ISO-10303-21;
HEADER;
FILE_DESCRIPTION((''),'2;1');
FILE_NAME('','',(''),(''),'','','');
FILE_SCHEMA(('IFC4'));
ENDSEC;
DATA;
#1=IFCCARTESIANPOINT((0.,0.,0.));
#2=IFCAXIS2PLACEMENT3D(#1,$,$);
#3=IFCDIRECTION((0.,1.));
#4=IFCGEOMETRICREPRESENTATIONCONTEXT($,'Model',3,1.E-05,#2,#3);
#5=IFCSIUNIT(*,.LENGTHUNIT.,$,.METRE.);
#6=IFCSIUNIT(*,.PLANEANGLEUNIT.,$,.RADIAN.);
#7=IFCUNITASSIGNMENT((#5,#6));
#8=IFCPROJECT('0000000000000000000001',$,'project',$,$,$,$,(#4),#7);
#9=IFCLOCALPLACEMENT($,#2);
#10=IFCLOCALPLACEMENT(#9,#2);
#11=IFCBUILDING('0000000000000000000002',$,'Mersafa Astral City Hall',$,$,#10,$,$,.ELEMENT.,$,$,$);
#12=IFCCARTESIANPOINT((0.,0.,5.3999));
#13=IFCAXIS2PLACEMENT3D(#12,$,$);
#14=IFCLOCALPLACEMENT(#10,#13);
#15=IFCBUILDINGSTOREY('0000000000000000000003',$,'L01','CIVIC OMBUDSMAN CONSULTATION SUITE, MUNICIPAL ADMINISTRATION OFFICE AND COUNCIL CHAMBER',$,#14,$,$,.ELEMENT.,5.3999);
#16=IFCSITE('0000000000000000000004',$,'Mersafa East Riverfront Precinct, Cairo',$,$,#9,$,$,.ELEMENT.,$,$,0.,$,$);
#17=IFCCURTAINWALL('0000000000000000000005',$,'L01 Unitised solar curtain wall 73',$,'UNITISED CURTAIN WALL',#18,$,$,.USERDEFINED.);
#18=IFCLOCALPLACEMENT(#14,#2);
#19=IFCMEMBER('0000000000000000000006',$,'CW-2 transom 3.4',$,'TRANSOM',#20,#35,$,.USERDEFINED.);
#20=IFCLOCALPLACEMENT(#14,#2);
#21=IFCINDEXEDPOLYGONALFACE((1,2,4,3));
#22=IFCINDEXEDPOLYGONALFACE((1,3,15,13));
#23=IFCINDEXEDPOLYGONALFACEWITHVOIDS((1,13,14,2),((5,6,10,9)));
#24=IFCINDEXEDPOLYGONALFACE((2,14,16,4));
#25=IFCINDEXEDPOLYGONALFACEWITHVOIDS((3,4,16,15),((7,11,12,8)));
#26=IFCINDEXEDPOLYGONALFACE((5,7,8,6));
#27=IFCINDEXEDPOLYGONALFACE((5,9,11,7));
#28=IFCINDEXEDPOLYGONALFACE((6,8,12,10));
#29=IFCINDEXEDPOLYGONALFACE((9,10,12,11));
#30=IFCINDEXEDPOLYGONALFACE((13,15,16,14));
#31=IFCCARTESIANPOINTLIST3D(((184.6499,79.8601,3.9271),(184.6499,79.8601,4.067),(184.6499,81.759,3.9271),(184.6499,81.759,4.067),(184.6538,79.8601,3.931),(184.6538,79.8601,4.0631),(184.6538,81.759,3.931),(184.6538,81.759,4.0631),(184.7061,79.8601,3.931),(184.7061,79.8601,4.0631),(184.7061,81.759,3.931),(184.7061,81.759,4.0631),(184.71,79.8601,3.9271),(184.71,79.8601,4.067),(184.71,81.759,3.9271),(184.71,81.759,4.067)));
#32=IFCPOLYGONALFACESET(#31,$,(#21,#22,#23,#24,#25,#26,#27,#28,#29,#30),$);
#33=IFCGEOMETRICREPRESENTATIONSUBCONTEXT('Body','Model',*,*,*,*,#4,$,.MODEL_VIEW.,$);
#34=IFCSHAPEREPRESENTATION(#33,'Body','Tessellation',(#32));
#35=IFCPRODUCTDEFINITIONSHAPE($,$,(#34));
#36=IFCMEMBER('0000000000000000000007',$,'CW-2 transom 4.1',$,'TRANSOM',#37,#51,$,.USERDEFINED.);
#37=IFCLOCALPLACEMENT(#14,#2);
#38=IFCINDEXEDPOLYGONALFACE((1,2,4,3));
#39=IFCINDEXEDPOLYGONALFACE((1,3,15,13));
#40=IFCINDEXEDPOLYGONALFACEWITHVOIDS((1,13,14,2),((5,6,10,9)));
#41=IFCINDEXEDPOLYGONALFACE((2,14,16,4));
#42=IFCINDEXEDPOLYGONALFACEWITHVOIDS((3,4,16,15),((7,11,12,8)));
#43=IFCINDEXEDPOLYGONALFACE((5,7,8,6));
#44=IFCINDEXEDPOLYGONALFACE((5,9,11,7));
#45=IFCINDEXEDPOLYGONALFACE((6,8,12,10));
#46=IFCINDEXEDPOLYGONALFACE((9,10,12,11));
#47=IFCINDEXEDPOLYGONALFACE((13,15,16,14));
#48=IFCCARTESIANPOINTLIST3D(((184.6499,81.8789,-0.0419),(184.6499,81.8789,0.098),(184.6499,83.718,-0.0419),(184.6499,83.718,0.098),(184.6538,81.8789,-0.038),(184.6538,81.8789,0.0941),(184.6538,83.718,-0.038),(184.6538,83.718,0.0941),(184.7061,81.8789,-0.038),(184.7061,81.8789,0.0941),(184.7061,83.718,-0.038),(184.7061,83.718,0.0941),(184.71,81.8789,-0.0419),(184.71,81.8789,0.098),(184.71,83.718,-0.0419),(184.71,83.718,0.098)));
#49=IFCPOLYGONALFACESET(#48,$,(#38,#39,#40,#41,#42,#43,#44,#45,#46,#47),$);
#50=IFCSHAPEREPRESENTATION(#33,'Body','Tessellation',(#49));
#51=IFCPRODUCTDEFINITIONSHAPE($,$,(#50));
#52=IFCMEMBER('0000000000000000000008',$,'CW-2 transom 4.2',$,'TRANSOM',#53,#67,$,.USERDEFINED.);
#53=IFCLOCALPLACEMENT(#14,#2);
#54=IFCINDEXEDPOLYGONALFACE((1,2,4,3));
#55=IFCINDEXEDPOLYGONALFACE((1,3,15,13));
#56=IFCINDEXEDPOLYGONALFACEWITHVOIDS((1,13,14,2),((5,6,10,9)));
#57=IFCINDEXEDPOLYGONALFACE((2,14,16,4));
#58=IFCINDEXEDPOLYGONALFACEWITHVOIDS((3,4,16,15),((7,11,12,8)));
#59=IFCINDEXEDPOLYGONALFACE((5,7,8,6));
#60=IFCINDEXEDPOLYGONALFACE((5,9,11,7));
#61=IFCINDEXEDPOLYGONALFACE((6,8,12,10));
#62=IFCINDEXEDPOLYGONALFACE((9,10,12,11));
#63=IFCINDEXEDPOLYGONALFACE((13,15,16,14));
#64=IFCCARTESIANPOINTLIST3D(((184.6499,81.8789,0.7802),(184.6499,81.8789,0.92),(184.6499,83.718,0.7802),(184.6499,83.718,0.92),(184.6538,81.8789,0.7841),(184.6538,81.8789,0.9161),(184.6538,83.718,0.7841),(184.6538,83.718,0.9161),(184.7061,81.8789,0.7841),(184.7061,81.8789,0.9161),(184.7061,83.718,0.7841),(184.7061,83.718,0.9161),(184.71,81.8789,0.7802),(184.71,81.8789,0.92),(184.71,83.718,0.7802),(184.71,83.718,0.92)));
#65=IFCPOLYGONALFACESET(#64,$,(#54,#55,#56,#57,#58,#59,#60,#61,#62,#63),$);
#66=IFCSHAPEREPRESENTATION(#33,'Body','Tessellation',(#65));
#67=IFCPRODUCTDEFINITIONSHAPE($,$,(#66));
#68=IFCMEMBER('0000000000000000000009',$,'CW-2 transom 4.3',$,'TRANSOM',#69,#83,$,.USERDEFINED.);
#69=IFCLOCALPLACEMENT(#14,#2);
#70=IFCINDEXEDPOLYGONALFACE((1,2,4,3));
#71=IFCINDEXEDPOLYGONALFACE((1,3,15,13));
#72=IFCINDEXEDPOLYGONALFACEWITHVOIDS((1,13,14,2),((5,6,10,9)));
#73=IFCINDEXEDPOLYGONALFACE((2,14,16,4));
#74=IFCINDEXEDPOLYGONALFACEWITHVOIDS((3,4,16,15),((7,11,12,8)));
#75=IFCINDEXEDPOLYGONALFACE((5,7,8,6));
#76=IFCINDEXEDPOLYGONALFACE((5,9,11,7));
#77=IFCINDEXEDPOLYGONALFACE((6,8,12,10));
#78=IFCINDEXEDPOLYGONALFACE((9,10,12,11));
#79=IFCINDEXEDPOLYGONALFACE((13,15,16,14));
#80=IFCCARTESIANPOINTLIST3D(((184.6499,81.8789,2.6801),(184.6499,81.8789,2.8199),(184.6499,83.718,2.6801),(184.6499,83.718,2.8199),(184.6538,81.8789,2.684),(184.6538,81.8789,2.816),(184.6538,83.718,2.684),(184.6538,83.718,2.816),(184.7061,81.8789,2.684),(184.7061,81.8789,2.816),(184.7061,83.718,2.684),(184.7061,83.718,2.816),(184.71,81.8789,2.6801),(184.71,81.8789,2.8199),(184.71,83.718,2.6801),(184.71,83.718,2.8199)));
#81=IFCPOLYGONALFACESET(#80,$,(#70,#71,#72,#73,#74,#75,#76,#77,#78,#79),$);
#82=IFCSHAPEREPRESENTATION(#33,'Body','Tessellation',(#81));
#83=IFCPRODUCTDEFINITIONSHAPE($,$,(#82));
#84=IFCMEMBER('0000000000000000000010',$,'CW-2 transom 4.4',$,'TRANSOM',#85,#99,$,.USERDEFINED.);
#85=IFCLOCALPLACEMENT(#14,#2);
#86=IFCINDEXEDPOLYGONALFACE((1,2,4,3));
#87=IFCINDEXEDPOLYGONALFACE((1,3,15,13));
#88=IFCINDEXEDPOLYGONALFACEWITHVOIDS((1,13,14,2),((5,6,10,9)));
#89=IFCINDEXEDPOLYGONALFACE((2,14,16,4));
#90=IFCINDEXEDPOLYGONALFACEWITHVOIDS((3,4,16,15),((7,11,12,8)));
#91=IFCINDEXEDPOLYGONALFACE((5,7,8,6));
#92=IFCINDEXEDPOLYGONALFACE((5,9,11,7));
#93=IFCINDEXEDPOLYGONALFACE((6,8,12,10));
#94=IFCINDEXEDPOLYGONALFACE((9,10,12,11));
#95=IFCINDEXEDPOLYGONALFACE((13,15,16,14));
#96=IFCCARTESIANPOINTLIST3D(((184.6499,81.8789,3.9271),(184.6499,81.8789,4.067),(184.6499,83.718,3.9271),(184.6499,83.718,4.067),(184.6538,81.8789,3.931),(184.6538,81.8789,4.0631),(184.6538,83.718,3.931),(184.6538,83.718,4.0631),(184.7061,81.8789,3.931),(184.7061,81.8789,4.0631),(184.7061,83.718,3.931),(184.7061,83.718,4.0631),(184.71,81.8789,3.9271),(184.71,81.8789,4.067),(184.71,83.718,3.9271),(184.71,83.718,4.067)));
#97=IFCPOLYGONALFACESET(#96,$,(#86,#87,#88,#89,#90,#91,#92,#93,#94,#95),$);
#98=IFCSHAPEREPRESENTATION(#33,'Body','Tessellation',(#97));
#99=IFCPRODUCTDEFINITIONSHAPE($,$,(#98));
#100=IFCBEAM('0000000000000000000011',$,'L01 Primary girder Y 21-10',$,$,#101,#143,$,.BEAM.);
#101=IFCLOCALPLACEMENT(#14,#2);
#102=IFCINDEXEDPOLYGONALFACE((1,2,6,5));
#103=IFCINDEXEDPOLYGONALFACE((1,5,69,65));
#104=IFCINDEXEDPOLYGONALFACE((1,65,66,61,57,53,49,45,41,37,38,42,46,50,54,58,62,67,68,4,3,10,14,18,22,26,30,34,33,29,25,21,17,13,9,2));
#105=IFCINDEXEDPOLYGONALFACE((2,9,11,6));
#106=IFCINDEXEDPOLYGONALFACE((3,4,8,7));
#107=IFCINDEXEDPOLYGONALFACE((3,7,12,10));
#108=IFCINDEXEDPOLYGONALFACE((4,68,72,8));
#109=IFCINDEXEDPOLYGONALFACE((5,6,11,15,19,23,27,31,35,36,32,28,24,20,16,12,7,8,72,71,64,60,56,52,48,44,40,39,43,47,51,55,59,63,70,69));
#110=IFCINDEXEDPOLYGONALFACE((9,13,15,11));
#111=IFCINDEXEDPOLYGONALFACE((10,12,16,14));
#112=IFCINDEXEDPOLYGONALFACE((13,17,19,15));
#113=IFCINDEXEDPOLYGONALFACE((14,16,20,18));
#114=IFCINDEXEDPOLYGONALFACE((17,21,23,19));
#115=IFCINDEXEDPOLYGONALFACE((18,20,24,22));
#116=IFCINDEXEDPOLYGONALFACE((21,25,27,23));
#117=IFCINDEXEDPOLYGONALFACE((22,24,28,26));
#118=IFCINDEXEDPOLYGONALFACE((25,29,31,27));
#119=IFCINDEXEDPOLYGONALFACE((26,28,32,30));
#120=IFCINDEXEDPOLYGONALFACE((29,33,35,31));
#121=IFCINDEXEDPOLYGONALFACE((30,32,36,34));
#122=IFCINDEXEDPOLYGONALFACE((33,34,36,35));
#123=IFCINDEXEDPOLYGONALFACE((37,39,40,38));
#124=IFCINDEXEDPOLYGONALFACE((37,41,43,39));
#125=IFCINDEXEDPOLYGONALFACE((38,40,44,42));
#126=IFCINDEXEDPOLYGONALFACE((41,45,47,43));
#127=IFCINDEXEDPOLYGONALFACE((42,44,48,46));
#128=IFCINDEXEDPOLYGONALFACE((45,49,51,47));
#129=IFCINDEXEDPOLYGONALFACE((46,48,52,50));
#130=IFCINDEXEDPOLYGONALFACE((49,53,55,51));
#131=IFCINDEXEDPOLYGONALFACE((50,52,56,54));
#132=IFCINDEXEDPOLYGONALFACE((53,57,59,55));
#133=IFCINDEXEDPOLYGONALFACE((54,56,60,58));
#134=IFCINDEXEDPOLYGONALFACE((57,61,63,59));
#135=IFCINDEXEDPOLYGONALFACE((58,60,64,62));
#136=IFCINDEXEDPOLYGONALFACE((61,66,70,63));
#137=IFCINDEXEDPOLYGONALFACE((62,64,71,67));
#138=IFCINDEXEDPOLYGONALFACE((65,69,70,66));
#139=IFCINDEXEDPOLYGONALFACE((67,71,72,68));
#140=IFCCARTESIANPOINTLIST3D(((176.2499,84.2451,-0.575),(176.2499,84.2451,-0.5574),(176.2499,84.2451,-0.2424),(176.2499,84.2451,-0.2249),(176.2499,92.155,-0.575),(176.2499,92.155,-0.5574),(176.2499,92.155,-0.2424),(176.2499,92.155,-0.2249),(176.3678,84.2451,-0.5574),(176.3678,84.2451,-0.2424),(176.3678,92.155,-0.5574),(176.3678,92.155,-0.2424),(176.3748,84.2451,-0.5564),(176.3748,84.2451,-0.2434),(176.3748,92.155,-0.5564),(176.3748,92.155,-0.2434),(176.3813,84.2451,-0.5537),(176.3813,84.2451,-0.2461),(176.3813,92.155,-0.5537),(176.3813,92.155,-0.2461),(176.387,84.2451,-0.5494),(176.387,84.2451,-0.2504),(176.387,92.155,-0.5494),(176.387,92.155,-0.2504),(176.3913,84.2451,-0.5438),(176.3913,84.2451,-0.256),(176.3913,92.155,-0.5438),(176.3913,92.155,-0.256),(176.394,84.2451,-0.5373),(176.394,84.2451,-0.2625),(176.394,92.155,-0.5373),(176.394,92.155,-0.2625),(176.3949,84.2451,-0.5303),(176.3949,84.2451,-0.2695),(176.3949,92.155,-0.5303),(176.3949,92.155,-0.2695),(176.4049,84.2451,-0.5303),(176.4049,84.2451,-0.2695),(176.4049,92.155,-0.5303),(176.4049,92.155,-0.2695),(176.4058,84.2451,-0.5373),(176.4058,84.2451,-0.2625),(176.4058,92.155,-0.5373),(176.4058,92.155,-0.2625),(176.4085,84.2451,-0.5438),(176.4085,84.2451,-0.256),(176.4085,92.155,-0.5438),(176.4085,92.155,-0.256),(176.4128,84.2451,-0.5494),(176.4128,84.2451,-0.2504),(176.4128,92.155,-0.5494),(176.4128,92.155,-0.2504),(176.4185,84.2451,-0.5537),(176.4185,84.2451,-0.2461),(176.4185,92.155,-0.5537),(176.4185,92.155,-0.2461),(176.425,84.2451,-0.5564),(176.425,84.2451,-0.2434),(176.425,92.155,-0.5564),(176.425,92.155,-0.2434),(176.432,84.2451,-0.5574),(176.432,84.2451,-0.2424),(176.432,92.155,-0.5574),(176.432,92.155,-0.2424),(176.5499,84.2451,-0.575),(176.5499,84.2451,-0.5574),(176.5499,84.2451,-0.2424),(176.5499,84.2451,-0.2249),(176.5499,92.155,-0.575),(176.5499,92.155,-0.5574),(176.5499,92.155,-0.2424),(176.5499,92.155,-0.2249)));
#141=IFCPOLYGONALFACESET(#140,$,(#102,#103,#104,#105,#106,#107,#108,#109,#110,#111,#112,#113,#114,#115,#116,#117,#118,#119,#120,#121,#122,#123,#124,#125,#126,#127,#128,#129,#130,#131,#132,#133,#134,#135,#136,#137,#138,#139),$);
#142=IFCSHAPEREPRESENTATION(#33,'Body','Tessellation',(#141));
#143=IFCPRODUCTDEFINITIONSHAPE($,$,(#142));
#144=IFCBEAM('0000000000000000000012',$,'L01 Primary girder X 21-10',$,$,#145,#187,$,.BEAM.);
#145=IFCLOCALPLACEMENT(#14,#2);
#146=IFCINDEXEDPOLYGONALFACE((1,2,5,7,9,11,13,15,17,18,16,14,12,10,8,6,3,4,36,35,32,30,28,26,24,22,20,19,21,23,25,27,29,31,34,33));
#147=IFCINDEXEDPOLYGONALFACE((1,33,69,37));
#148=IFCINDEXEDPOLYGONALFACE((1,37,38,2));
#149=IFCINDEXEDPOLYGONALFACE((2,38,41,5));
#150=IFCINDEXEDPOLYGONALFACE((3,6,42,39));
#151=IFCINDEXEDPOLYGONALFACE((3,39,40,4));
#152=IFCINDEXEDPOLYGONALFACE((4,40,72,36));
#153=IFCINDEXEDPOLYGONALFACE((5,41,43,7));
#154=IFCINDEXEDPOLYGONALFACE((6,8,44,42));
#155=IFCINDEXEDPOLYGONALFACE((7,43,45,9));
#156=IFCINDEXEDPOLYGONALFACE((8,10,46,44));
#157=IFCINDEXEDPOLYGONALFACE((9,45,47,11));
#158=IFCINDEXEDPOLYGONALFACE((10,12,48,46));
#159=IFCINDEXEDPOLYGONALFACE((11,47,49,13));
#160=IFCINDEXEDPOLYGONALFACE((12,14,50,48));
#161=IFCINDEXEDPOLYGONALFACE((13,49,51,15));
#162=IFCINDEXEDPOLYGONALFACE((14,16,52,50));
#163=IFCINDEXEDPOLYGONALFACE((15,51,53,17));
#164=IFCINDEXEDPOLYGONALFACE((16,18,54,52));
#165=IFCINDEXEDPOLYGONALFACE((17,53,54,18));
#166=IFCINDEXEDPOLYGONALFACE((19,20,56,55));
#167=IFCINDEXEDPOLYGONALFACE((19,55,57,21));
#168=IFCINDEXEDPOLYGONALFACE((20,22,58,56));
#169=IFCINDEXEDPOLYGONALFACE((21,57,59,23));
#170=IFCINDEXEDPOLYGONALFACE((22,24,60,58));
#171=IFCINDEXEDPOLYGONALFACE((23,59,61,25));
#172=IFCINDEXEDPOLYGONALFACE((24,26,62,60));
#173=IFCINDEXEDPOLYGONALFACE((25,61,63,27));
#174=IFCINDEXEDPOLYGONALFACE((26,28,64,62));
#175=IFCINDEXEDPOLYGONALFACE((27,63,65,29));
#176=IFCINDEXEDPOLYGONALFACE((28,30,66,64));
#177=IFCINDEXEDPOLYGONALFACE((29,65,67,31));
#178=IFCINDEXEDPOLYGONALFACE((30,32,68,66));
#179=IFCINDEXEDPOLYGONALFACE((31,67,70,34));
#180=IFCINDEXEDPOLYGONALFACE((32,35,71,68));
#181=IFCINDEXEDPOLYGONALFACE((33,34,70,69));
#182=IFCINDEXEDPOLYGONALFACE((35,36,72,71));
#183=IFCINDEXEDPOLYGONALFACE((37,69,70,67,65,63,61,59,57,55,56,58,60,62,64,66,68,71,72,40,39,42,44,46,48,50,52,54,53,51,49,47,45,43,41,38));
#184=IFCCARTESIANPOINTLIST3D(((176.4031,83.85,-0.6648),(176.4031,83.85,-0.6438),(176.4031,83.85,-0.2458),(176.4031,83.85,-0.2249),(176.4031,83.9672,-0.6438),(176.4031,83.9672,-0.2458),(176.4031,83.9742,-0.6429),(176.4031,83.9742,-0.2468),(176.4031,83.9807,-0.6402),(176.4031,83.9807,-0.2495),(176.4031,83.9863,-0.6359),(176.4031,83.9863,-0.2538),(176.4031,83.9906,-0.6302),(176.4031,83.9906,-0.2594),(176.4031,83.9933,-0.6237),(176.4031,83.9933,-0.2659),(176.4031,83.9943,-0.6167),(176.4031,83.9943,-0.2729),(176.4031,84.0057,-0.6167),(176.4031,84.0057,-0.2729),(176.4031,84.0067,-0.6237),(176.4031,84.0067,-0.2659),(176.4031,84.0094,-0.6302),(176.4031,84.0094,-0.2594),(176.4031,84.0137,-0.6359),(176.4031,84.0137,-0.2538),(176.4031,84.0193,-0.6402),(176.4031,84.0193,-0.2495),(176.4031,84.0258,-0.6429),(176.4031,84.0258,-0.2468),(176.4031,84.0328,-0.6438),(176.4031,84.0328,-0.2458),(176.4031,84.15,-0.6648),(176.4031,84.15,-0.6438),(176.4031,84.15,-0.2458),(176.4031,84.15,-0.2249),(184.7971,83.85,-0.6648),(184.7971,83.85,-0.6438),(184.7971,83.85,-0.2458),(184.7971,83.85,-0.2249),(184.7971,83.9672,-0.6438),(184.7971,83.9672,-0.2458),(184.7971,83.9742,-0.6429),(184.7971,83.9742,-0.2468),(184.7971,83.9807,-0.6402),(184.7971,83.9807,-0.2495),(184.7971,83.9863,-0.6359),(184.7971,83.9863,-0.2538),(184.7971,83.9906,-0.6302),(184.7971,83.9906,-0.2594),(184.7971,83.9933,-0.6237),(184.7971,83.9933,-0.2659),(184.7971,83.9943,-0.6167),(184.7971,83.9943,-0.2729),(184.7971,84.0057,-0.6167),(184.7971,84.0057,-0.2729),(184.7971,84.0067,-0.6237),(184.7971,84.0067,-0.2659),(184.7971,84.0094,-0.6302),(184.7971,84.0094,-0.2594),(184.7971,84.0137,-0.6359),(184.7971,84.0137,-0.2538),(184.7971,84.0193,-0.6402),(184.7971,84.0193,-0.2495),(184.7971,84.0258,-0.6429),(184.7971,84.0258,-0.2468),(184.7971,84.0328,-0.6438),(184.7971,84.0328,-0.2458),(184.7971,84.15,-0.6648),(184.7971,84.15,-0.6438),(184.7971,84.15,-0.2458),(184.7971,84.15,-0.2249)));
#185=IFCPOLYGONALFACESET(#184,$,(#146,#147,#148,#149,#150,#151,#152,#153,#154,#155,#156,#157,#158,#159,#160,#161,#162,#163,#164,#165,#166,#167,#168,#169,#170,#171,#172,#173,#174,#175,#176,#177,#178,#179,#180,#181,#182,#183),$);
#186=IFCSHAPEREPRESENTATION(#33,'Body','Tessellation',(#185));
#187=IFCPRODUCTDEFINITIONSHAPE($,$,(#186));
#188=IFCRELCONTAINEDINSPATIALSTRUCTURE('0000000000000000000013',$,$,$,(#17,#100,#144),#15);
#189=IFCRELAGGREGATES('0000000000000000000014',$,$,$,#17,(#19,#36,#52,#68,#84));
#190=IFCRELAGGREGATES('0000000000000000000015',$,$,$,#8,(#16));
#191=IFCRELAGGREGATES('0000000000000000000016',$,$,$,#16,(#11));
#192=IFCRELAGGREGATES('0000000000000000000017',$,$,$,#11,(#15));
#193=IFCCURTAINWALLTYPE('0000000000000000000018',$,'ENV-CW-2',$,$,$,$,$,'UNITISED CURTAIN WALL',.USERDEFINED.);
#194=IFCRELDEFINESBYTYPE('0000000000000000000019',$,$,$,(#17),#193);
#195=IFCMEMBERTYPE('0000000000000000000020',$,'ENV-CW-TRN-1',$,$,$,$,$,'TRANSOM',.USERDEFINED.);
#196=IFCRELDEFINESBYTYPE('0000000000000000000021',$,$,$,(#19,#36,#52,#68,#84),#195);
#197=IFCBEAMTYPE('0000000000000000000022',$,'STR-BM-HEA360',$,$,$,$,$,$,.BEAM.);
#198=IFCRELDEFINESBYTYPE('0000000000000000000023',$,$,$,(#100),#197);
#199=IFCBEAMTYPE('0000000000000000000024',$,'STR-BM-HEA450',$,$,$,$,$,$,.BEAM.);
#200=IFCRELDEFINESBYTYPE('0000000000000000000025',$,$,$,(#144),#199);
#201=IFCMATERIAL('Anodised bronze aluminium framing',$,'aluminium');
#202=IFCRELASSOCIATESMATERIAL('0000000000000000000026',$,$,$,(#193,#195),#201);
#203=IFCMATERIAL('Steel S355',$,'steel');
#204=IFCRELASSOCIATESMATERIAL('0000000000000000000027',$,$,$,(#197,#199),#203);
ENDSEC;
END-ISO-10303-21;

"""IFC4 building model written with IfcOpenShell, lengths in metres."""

from ifc_helpers import new_model, si_unit, direction, frame, origin, origin_2d, place, context, subcontext, project, spatial, hollow_rectangle, i_section, extrude, material, material_profile, profile_set, type_object, element, aggregate, save


model = new_model("IFC4")

# Units and contexts
model_context = context("Model", 3, precision=1e-05, world=origin(), true_north=direction((0.0, 1.0)))
body_context = subcontext(model_context, "Body", "Model", "MODEL_VIEW")
ifc_project = project(units=[si_unit("LENGTHUNIT", "METRE"), si_unit("PLANEANGLEUNIT", "RADIAN")], contexts=[model_context])

# Site, building, storey
site_placement = place(None, origin())
site = spatial("IfcSite", under=ifc_project, at=site_placement, Name="Mersafa East Riverfront Precinct, Cairo", CompositionType="ELEMENT", RefElevation=0.0)
building_placement = place(site_placement, origin())
building = spatial("IfcBuilding", under=site, at=building_placement, Name="Mersafa Astral City Hall", CompositionType="ELEMENT")
storey_placement = place(building_placement, frame((0.0, 0.0, 5.3999)))
storey = spatial("IfcBuildingStorey", under=building, at=storey_placement, Name="L01", Description="CIVIC OMBUDSMAN CONSULTATION SUITE, MUNICIPAL ADMINISTRATION OFFICE AND COUNCIL CHAMBER", CompositionType="ELEMENT", Elevation=5.3999)

# Shared definitions
ifc_material_1 = material(Name="Steel S355", Category="steel")

# Curtain wall, members
ifc_material_2 = material(Name="Anodised bronze aluminium framing", Category="aluminium")
curtain_wall_type = type_object("IfcCurtainWallType", Name="ENV-CW-2", ElementType="UNITISED CURTAIN WALL", PredefinedType="USERDEFINED", material=ifc_material_2)
curtain_wall_placement = place(storey_placement, origin())
curtain_wall = element("IfcCurtainWall", 1, at=curtain_wall_placement, inside=storey, type_object=curtain_wall_type, Name="L01 Unitised solar curtain wall 73", ObjectType="UNITISED CURTAIN WALL", PredefinedType="USERDEFINED")
ifc_material_profile_1 = material_profile(ifc_material_2, hollow_rectangle(XDim=0.0601, YDim=0.1399, WallThickness=0.0039, at=origin_2d()), Name="RHS 60x140x4")
ifc_profile_set_1 = profile_set([ifc_material_profile_1], Name="Anodised bronze aluminium framing")
member_type_1 = type_object("IfcMemberType", Name="ENV-CW-TRN-1", ElementType="TRANSOM", PredefinedType="USERDEFINED", material=ifc_profile_set_1)
member_1_placement = place(storey_placement, frame((184.6799, 79.8601, 3.9971), z_axis=(0.0, 1.0, 0.0), x_axis=(-1.0, 0.0, 0.0)))
member_1 = element("IfcMember", 2, at=member_1_placement, type_object=member_type_1, Name="CW-2 transom 3.4", ObjectType="TRANSOM", PredefinedType="USERDEFINED", context=body_context, shape_type="SweptSolid", body=[
    extrude(hollow_rectangle(XDim=0.0601, YDim=0.1399, WallThickness=0.0039, at=origin_2d()), origin(), (0.0, 0.0, 1.0), 1.8989),
])
member_2_placement = place(storey_placement, frame((184.6799, 81.8789, 0.0281), z_axis=(0.0, 1.0, 0.0), x_axis=(-1.0, 0.0, 0.0)))
member_2 = element("IfcMember", 3, at=member_2_placement, type_object=member_type_1, Name="CW-2 transom 4.1", ObjectType="TRANSOM", PredefinedType="USERDEFINED", context=body_context, shape_type="SweptSolid", body=[
    extrude(hollow_rectangle(XDim=0.0601, YDim=0.1399, WallThickness=0.0039, at=origin_2d()), origin(), (0.0, 0.0, 1.0), 1.8391),
])
member_3_placement = place(storey_placement, frame((184.6799, 81.8789, 0.8501), z_axis=(0.0, 1.0, 0.0), x_axis=(-1.0, 0.0, 0.0)))
member_3 = element("IfcMember", 4, at=member_3_placement, type_object=member_type_1, Name="CW-2 transom 4.2", ObjectType="TRANSOM", PredefinedType="USERDEFINED", context=body_context, shape_type="SweptSolid", body=[
    extrude(hollow_rectangle(XDim=0.0601, YDim=0.1399, WallThickness=0.0039, at=origin_2d()), origin(), (0.0, 0.0, 1.0), 1.8391),
])
member_4_placement = place(storey_placement, frame((184.6799, 81.8789, 2.75), z_axis=(0.0, 1.0, 0.0), x_axis=(-1.0, 0.0, 0.0)))
member_4 = element("IfcMember", 5, at=member_4_placement, type_object=member_type_1, Name="CW-2 transom 4.3", ObjectType="TRANSOM", PredefinedType="USERDEFINED", context=body_context, shape_type="SweptSolid", body=[
    extrude(hollow_rectangle(XDim=0.0601, YDim=0.1399, WallThickness=0.0039, at=origin_2d()), origin(), (0.0, 0.0, 1.0), 1.8391),
])
member_5_placement = place(storey_placement, frame((184.6799, 81.8789, 3.9971), z_axis=(0.0, 1.0, 0.0), x_axis=(-1.0, 0.0, 0.0)))
member_5 = element("IfcMember", 6, at=member_5_placement, type_object=member_type_1, Name="CW-2 transom 4.4", ObjectType="TRANSOM", PredefinedType="USERDEFINED", context=body_context, shape_type="SweptSolid", body=[
    extrude(hollow_rectangle(XDim=0.0601, YDim=0.1399, WallThickness=0.0039, at=origin_2d()), origin(), (0.0, 0.0, 1.0), 1.8391),
])

# Beams
ifc_material_profile_2 = material_profile(ifc_material_1, i_section(OverallWidth=0.3, OverallDepth=0.3501, WebThickness=0.01, FlangeThickness=0.0176, FilletRadius=0.0271, at=origin_2d()), Name="HEA 360")
ifc_profile_set_2 = profile_set([ifc_material_profile_2], Name="Steel S355")
beam_type_1 = type_object("IfcBeamType", Name="STR-BM-HEA360", PredefinedType="BEAM", material=ifc_profile_set_2)
beam_1_placement = place(storey_placement, frame((176.3999, 84.2451, -0.3999), z_axis=(0.0, 1.0, 0.0), x_axis=(-1.0, 0.0, 0.0)))
element("IfcBeam", 7, at=beam_1_placement, inside=storey, type_object=beam_type_1, Name="L01 Primary girder Y 21-10", PredefinedType="BEAM", context=body_context, shape_type="SweptSolid", body=[
    extrude(i_section(OverallWidth=0.3, OverallDepth=0.3501, WebThickness=0.01, FlangeThickness=0.0176, FilletRadius=0.0271, at=origin_2d()), origin(), (0.0, 0.0, 1.0), 7.9099),
])
ifc_material_profile_3 = material_profile(ifc_material_1, i_section(OverallWidth=0.3, OverallDepth=0.4399, WebThickness=0.0115, FlangeThickness=0.021, FilletRadius=0.0271, at=origin_2d()), Name="HEA 450")
ifc_profile_set_3 = profile_set([ifc_material_profile_3], Name="Steel S355")
beam_type_2 = type_object("IfcBeamType", Name="STR-BM-HEA450", PredefinedType="BEAM", material=ifc_profile_set_3)
beam_2_placement = place(storey_placement, frame((176.4031, 84.0, -0.4448), z_axis=(1.0, 0.0, 0.0), x_axis=(0.0, 1.0, 0.0)))
element("IfcBeam", 8, at=beam_2_placement, inside=storey, type_object=beam_type_2, Name="L01 Primary girder X 21-10", PredefinedType="BEAM", context=body_context, shape_type="SweptSolid", body=[
    extrude(i_section(OverallWidth=0.3, OverallDepth=0.4399, WebThickness=0.0115, FlangeThickness=0.021, FilletRadius=0.0271, at=origin_2d()), origin(), (0.0, 0.0, 1.0), 8.394),
])

aggregate(curtain_wall, [member_1, member_2, member_3, member_4, member_5])

save(model, "model.ifc")
